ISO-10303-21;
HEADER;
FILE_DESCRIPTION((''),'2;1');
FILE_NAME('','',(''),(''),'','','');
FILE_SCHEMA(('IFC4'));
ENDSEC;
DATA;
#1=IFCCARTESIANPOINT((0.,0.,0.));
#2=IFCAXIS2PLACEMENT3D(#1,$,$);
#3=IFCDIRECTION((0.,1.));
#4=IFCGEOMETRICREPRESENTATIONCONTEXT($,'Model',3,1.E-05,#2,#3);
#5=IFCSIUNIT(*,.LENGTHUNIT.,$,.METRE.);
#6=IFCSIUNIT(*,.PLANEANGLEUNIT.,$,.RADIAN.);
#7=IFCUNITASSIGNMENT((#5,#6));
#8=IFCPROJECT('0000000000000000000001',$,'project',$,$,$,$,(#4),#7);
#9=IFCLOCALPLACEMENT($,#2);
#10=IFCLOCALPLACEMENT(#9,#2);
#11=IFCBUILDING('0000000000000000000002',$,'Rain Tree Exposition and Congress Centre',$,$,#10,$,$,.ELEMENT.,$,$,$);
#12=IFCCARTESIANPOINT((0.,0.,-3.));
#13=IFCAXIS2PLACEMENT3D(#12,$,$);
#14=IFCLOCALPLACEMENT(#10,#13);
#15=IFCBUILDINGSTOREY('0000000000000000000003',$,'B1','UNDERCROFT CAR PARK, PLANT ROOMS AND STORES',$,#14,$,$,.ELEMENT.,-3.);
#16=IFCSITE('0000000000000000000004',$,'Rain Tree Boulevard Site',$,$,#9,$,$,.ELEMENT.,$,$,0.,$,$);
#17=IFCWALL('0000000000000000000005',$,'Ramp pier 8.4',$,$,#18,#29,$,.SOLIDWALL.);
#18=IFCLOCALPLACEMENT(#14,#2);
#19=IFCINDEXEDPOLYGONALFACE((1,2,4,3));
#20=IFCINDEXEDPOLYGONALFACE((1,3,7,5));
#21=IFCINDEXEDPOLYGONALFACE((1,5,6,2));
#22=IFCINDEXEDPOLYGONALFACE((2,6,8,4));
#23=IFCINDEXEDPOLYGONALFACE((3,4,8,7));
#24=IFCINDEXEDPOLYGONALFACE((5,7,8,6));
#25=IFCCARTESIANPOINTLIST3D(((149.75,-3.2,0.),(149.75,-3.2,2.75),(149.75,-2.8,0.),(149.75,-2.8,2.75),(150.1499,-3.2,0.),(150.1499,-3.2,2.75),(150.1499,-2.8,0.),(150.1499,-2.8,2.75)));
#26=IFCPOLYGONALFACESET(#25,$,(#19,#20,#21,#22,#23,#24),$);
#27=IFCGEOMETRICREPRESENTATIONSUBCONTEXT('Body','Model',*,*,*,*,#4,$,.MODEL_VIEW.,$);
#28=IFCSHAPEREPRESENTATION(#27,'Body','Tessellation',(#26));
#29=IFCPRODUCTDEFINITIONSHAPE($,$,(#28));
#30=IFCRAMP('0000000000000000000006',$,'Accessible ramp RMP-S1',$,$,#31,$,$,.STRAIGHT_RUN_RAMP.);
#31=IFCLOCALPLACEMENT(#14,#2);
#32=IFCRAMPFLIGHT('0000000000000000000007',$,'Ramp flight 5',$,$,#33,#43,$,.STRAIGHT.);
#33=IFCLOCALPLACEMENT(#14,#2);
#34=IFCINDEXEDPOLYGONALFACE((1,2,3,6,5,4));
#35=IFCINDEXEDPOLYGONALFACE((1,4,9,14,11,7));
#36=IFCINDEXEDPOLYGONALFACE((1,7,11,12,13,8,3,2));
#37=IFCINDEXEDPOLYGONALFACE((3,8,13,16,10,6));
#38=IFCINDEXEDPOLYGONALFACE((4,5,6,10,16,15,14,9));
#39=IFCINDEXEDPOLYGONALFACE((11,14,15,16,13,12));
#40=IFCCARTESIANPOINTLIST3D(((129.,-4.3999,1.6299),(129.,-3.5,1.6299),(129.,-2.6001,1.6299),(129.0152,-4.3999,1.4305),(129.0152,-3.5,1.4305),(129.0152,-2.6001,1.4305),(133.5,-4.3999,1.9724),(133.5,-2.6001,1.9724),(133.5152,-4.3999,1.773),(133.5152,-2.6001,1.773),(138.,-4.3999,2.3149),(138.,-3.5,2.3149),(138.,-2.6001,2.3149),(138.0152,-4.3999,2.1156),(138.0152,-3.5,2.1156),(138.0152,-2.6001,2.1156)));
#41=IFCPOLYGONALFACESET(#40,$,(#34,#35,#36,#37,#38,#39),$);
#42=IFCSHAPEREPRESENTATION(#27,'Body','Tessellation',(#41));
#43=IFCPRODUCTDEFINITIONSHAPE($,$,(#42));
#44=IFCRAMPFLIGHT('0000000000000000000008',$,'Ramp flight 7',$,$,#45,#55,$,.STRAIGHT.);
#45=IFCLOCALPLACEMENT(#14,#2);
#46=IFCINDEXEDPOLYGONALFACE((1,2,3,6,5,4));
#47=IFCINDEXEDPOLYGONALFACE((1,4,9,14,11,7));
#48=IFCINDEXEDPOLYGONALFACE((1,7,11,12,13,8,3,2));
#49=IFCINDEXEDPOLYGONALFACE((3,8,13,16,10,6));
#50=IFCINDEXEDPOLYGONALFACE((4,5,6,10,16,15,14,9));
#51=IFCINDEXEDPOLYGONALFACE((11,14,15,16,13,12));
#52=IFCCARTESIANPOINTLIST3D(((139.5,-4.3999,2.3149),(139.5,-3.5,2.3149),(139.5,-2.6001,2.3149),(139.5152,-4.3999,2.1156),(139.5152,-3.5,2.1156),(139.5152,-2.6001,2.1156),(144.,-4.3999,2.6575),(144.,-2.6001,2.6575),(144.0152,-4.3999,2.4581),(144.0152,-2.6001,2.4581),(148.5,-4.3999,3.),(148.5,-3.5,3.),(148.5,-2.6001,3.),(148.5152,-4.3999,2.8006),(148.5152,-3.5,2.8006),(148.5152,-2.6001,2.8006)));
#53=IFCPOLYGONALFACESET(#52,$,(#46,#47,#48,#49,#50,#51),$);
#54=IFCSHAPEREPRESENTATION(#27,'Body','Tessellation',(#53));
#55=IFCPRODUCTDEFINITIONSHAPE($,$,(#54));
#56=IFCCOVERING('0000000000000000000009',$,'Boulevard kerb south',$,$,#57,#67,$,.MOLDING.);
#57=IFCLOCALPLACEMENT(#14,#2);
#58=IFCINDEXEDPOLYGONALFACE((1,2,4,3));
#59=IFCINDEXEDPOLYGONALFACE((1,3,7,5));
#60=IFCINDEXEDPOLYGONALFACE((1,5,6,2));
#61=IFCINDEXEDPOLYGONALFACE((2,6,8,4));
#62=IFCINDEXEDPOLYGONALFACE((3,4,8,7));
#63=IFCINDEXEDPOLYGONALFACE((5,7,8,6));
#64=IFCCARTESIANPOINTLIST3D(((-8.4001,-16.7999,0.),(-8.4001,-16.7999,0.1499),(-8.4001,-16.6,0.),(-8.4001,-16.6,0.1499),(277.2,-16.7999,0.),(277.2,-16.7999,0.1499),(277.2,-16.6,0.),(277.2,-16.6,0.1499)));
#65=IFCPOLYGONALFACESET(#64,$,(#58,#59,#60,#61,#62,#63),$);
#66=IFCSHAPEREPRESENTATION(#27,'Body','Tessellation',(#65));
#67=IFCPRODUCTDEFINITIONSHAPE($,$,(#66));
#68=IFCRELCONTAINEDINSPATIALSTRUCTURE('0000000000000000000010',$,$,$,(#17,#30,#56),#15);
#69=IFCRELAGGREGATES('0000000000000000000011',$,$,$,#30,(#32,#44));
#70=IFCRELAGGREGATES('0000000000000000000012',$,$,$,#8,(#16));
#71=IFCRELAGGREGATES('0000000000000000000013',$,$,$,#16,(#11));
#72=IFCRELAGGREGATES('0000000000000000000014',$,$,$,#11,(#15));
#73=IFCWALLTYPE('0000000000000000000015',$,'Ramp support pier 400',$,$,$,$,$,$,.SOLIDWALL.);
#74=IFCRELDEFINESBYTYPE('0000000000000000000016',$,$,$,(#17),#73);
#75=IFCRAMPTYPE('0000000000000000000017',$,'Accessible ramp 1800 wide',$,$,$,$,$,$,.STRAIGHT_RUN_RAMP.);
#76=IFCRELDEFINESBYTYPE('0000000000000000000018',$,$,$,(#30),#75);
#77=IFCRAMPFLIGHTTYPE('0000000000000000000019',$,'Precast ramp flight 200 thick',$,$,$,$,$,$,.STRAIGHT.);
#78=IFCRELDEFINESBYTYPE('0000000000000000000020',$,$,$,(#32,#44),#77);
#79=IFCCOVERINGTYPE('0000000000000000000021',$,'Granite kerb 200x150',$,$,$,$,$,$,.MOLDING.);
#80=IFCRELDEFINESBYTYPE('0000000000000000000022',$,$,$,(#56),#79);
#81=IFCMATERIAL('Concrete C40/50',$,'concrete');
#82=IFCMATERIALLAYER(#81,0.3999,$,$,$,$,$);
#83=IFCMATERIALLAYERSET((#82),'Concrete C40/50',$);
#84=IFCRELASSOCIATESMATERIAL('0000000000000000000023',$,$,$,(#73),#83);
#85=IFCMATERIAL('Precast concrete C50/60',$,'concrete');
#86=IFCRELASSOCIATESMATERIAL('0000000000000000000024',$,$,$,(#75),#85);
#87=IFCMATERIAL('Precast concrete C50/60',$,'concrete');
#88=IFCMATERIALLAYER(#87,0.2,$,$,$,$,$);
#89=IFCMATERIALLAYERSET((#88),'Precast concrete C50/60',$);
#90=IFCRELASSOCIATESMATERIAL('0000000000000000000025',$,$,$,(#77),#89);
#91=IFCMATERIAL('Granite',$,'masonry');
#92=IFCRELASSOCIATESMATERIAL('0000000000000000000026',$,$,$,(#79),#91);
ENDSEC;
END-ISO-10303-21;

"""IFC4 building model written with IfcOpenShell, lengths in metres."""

from ifc_helpers import new_model, si_unit, direction, frame, frame_2d, origin, origin_2d, place, context, subcontext, project, spatial, polyline, rectangle, outline, extrude, material, layer, layer_set, type_object, element, aggregate, save


model = new_model("IFC4")

# Units and contexts
model_context = context("Model", 3, precision=1e-05, world=origin(), true_north=direction((0.0, 1.0)))
body_context = subcontext(model_context, "Body", "Model", "MODEL_VIEW")
ifc_project = project(units=[si_unit("LENGTHUNIT", "METRE"), si_unit("PLANEANGLEUNIT", "RADIAN")], contexts=[model_context])

# Site, building, storey
site_placement = place(None, origin())
site = spatial("IfcSite", under=ifc_project, at=site_placement, Name="Rain Tree Boulevard Site", CompositionType="ELEMENT", RefElevation=0.0)
building_placement = place(site_placement, origin())
building = spatial("IfcBuilding", under=site, at=building_placement, Name="Rain Tree Exposition and Congress Centre", CompositionType="ELEMENT")
storey_placement = place(building_placement, frame((0.0, 0.0, -3.0)))
storey = spatial("IfcBuildingStorey", under=building, at=storey_placement, Name="B1", Description="UNDERCROFT CAR PARK, PLANT ROOMS AND STORES", CompositionType="ELEMENT", Elevation=-3.0)

# Wall
ifc_material_1 = material(Name="Concrete C40/50", Category="concrete")
ifc_layer_1 = layer(ifc_material_1, 0.3999)
ifc_layer_set_1 = layer_set([ifc_layer_1], Name="Concrete C40/50")
wall_type_1 = type_object("IfcWallType", Name="Ramp support pier 400", PredefinedType="SOLIDWALL", material=ifc_layer_set_1)
for number, where, z_axis, x_axis, name in (
    (1, (149.95, -3.2, 0.0), (0.0, 0.0, 1.0), (0.0, 1.0, 0.0), "Ramp pier 8.4"),
):
    element("IfcWall", number, at=place(storey_placement, frame(where, z_axis=z_axis, x_axis=x_axis)), inside=storey, type_object=wall_type_1, Name=name, PredefinedType="SOLIDWALL", context=body_context, shape_type="SweptSolid", body=[
        extrude(rectangle(XDim=0.3999, YDim=0.3999, at=frame_2d((0.2, 0.0))), origin(), (0.0, 0.0, 1.0), 2.75),
    ])

# Ramp, ramp flights
ifc_material_2 = material(Name="Precast concrete C50/60", Category="concrete")
ramp_type = type_object("IfcRampType", Name="Accessible ramp 1800 wide", PredefinedType="STRAIGHT_RUN_RAMP", material=ifc_material_2)
ramp_placement = place(storey_placement, origin())
ramp = element("IfcRamp", 2, at=ramp_placement, inside=storey, type_object=ramp_type, Name="Accessible ramp RMP-S1", PredefinedType="STRAIGHT_RUN_RAMP")
ifc_material_3 = material(Name="Precast concrete C50/60", Category="concrete")
ifc_layer_2 = layer(ifc_material_3, 0.2)
ifc_layer_set_2 = layer_set([ifc_layer_2], Name="Precast concrete C50/60")
ramp_flight_type = type_object("IfcRampFlightType", Name="Precast ramp flight 200 thick", PredefinedType="STRAIGHT", material=ifc_layer_set_2)
ramp_flight_1_placement = place(storey_placement, frame((129.0, -4.3999, 1.6299), z_axis=(-0.075898, 0.0, 0.997116), x_axis=(0.997116, 0.0, 0.075898)))
ramp_flight_1 = element("IfcRampFlight", 3, at=ramp_flight_1_placement, type_object=ramp_flight_type, Name="Ramp flight 5", PredefinedType="STRAIGHT", context=body_context, shape_type="SweptSolid", body=[
    extrude(outline(polyline([(0.0, 0.0), (4.513, 0.0), (9.026, 0.0), (9.026, 0.8999), (9.026, 1.7998), (4.513, 1.7998), (0.0, 1.7998), (0.0, 0.8999), (0.0, 0.0)])), origin(), (0.0, 0.0, -1.0), 0.2),
])
ramp_flight_2_placement = place(storey_placement, frame((139.5, -4.3999, 2.3149), z_axis=(-0.075898, 0.0, 0.997116), x_axis=(0.997116, 0.0, 0.075898)))
ramp_flight_2 = element("IfcRampFlight", 4, at=ramp_flight_2_placement, type_object=ramp_flight_type, Name="Ramp flight 7", PredefinedType="STRAIGHT", context=body_context, shape_type="SweptSolid", body=[
    extrude(outline(polyline([(0.0, 0.0), (4.513, 0.0), (9.026, 0.0), (9.026, 0.8999), (9.026, 1.7998), (4.513, 1.7998), (0.0, 1.7998), (0.0, 0.8999), (0.0, 0.0)])), origin(), (0.0, 0.0, -1.0), 0.2),
])
aggregate(ramp, [ramp_flight_1, ramp_flight_2])

# Covering
ifc_material_4 = material(Name="Granite", Category="masonry")
covering_type = type_object("IfcCoveringType", Name="Granite kerb 200x150", PredefinedType="MOLDING", material=ifc_material_4)
covering_placement = place(storey_placement, frame((134.3999, -16.7, 0.0), z_axis=(0.0, 0.0, 1.0), x_axis=(1.0, 0.0, 0.0)))
element("IfcCovering", 5, at=covering_placement, inside=storey, type_object=covering_type, Name="Boulevard kerb south", PredefinedType="MOLDING", context=body_context, shape_type="SweptSolid", body=[
    extrude(rectangle(XDim=285.6001, YDim=0.2, at=origin_2d()), origin(), (0.0, 0.0, 1.0), 0.1499),
])

save(model, "model.ifc")
